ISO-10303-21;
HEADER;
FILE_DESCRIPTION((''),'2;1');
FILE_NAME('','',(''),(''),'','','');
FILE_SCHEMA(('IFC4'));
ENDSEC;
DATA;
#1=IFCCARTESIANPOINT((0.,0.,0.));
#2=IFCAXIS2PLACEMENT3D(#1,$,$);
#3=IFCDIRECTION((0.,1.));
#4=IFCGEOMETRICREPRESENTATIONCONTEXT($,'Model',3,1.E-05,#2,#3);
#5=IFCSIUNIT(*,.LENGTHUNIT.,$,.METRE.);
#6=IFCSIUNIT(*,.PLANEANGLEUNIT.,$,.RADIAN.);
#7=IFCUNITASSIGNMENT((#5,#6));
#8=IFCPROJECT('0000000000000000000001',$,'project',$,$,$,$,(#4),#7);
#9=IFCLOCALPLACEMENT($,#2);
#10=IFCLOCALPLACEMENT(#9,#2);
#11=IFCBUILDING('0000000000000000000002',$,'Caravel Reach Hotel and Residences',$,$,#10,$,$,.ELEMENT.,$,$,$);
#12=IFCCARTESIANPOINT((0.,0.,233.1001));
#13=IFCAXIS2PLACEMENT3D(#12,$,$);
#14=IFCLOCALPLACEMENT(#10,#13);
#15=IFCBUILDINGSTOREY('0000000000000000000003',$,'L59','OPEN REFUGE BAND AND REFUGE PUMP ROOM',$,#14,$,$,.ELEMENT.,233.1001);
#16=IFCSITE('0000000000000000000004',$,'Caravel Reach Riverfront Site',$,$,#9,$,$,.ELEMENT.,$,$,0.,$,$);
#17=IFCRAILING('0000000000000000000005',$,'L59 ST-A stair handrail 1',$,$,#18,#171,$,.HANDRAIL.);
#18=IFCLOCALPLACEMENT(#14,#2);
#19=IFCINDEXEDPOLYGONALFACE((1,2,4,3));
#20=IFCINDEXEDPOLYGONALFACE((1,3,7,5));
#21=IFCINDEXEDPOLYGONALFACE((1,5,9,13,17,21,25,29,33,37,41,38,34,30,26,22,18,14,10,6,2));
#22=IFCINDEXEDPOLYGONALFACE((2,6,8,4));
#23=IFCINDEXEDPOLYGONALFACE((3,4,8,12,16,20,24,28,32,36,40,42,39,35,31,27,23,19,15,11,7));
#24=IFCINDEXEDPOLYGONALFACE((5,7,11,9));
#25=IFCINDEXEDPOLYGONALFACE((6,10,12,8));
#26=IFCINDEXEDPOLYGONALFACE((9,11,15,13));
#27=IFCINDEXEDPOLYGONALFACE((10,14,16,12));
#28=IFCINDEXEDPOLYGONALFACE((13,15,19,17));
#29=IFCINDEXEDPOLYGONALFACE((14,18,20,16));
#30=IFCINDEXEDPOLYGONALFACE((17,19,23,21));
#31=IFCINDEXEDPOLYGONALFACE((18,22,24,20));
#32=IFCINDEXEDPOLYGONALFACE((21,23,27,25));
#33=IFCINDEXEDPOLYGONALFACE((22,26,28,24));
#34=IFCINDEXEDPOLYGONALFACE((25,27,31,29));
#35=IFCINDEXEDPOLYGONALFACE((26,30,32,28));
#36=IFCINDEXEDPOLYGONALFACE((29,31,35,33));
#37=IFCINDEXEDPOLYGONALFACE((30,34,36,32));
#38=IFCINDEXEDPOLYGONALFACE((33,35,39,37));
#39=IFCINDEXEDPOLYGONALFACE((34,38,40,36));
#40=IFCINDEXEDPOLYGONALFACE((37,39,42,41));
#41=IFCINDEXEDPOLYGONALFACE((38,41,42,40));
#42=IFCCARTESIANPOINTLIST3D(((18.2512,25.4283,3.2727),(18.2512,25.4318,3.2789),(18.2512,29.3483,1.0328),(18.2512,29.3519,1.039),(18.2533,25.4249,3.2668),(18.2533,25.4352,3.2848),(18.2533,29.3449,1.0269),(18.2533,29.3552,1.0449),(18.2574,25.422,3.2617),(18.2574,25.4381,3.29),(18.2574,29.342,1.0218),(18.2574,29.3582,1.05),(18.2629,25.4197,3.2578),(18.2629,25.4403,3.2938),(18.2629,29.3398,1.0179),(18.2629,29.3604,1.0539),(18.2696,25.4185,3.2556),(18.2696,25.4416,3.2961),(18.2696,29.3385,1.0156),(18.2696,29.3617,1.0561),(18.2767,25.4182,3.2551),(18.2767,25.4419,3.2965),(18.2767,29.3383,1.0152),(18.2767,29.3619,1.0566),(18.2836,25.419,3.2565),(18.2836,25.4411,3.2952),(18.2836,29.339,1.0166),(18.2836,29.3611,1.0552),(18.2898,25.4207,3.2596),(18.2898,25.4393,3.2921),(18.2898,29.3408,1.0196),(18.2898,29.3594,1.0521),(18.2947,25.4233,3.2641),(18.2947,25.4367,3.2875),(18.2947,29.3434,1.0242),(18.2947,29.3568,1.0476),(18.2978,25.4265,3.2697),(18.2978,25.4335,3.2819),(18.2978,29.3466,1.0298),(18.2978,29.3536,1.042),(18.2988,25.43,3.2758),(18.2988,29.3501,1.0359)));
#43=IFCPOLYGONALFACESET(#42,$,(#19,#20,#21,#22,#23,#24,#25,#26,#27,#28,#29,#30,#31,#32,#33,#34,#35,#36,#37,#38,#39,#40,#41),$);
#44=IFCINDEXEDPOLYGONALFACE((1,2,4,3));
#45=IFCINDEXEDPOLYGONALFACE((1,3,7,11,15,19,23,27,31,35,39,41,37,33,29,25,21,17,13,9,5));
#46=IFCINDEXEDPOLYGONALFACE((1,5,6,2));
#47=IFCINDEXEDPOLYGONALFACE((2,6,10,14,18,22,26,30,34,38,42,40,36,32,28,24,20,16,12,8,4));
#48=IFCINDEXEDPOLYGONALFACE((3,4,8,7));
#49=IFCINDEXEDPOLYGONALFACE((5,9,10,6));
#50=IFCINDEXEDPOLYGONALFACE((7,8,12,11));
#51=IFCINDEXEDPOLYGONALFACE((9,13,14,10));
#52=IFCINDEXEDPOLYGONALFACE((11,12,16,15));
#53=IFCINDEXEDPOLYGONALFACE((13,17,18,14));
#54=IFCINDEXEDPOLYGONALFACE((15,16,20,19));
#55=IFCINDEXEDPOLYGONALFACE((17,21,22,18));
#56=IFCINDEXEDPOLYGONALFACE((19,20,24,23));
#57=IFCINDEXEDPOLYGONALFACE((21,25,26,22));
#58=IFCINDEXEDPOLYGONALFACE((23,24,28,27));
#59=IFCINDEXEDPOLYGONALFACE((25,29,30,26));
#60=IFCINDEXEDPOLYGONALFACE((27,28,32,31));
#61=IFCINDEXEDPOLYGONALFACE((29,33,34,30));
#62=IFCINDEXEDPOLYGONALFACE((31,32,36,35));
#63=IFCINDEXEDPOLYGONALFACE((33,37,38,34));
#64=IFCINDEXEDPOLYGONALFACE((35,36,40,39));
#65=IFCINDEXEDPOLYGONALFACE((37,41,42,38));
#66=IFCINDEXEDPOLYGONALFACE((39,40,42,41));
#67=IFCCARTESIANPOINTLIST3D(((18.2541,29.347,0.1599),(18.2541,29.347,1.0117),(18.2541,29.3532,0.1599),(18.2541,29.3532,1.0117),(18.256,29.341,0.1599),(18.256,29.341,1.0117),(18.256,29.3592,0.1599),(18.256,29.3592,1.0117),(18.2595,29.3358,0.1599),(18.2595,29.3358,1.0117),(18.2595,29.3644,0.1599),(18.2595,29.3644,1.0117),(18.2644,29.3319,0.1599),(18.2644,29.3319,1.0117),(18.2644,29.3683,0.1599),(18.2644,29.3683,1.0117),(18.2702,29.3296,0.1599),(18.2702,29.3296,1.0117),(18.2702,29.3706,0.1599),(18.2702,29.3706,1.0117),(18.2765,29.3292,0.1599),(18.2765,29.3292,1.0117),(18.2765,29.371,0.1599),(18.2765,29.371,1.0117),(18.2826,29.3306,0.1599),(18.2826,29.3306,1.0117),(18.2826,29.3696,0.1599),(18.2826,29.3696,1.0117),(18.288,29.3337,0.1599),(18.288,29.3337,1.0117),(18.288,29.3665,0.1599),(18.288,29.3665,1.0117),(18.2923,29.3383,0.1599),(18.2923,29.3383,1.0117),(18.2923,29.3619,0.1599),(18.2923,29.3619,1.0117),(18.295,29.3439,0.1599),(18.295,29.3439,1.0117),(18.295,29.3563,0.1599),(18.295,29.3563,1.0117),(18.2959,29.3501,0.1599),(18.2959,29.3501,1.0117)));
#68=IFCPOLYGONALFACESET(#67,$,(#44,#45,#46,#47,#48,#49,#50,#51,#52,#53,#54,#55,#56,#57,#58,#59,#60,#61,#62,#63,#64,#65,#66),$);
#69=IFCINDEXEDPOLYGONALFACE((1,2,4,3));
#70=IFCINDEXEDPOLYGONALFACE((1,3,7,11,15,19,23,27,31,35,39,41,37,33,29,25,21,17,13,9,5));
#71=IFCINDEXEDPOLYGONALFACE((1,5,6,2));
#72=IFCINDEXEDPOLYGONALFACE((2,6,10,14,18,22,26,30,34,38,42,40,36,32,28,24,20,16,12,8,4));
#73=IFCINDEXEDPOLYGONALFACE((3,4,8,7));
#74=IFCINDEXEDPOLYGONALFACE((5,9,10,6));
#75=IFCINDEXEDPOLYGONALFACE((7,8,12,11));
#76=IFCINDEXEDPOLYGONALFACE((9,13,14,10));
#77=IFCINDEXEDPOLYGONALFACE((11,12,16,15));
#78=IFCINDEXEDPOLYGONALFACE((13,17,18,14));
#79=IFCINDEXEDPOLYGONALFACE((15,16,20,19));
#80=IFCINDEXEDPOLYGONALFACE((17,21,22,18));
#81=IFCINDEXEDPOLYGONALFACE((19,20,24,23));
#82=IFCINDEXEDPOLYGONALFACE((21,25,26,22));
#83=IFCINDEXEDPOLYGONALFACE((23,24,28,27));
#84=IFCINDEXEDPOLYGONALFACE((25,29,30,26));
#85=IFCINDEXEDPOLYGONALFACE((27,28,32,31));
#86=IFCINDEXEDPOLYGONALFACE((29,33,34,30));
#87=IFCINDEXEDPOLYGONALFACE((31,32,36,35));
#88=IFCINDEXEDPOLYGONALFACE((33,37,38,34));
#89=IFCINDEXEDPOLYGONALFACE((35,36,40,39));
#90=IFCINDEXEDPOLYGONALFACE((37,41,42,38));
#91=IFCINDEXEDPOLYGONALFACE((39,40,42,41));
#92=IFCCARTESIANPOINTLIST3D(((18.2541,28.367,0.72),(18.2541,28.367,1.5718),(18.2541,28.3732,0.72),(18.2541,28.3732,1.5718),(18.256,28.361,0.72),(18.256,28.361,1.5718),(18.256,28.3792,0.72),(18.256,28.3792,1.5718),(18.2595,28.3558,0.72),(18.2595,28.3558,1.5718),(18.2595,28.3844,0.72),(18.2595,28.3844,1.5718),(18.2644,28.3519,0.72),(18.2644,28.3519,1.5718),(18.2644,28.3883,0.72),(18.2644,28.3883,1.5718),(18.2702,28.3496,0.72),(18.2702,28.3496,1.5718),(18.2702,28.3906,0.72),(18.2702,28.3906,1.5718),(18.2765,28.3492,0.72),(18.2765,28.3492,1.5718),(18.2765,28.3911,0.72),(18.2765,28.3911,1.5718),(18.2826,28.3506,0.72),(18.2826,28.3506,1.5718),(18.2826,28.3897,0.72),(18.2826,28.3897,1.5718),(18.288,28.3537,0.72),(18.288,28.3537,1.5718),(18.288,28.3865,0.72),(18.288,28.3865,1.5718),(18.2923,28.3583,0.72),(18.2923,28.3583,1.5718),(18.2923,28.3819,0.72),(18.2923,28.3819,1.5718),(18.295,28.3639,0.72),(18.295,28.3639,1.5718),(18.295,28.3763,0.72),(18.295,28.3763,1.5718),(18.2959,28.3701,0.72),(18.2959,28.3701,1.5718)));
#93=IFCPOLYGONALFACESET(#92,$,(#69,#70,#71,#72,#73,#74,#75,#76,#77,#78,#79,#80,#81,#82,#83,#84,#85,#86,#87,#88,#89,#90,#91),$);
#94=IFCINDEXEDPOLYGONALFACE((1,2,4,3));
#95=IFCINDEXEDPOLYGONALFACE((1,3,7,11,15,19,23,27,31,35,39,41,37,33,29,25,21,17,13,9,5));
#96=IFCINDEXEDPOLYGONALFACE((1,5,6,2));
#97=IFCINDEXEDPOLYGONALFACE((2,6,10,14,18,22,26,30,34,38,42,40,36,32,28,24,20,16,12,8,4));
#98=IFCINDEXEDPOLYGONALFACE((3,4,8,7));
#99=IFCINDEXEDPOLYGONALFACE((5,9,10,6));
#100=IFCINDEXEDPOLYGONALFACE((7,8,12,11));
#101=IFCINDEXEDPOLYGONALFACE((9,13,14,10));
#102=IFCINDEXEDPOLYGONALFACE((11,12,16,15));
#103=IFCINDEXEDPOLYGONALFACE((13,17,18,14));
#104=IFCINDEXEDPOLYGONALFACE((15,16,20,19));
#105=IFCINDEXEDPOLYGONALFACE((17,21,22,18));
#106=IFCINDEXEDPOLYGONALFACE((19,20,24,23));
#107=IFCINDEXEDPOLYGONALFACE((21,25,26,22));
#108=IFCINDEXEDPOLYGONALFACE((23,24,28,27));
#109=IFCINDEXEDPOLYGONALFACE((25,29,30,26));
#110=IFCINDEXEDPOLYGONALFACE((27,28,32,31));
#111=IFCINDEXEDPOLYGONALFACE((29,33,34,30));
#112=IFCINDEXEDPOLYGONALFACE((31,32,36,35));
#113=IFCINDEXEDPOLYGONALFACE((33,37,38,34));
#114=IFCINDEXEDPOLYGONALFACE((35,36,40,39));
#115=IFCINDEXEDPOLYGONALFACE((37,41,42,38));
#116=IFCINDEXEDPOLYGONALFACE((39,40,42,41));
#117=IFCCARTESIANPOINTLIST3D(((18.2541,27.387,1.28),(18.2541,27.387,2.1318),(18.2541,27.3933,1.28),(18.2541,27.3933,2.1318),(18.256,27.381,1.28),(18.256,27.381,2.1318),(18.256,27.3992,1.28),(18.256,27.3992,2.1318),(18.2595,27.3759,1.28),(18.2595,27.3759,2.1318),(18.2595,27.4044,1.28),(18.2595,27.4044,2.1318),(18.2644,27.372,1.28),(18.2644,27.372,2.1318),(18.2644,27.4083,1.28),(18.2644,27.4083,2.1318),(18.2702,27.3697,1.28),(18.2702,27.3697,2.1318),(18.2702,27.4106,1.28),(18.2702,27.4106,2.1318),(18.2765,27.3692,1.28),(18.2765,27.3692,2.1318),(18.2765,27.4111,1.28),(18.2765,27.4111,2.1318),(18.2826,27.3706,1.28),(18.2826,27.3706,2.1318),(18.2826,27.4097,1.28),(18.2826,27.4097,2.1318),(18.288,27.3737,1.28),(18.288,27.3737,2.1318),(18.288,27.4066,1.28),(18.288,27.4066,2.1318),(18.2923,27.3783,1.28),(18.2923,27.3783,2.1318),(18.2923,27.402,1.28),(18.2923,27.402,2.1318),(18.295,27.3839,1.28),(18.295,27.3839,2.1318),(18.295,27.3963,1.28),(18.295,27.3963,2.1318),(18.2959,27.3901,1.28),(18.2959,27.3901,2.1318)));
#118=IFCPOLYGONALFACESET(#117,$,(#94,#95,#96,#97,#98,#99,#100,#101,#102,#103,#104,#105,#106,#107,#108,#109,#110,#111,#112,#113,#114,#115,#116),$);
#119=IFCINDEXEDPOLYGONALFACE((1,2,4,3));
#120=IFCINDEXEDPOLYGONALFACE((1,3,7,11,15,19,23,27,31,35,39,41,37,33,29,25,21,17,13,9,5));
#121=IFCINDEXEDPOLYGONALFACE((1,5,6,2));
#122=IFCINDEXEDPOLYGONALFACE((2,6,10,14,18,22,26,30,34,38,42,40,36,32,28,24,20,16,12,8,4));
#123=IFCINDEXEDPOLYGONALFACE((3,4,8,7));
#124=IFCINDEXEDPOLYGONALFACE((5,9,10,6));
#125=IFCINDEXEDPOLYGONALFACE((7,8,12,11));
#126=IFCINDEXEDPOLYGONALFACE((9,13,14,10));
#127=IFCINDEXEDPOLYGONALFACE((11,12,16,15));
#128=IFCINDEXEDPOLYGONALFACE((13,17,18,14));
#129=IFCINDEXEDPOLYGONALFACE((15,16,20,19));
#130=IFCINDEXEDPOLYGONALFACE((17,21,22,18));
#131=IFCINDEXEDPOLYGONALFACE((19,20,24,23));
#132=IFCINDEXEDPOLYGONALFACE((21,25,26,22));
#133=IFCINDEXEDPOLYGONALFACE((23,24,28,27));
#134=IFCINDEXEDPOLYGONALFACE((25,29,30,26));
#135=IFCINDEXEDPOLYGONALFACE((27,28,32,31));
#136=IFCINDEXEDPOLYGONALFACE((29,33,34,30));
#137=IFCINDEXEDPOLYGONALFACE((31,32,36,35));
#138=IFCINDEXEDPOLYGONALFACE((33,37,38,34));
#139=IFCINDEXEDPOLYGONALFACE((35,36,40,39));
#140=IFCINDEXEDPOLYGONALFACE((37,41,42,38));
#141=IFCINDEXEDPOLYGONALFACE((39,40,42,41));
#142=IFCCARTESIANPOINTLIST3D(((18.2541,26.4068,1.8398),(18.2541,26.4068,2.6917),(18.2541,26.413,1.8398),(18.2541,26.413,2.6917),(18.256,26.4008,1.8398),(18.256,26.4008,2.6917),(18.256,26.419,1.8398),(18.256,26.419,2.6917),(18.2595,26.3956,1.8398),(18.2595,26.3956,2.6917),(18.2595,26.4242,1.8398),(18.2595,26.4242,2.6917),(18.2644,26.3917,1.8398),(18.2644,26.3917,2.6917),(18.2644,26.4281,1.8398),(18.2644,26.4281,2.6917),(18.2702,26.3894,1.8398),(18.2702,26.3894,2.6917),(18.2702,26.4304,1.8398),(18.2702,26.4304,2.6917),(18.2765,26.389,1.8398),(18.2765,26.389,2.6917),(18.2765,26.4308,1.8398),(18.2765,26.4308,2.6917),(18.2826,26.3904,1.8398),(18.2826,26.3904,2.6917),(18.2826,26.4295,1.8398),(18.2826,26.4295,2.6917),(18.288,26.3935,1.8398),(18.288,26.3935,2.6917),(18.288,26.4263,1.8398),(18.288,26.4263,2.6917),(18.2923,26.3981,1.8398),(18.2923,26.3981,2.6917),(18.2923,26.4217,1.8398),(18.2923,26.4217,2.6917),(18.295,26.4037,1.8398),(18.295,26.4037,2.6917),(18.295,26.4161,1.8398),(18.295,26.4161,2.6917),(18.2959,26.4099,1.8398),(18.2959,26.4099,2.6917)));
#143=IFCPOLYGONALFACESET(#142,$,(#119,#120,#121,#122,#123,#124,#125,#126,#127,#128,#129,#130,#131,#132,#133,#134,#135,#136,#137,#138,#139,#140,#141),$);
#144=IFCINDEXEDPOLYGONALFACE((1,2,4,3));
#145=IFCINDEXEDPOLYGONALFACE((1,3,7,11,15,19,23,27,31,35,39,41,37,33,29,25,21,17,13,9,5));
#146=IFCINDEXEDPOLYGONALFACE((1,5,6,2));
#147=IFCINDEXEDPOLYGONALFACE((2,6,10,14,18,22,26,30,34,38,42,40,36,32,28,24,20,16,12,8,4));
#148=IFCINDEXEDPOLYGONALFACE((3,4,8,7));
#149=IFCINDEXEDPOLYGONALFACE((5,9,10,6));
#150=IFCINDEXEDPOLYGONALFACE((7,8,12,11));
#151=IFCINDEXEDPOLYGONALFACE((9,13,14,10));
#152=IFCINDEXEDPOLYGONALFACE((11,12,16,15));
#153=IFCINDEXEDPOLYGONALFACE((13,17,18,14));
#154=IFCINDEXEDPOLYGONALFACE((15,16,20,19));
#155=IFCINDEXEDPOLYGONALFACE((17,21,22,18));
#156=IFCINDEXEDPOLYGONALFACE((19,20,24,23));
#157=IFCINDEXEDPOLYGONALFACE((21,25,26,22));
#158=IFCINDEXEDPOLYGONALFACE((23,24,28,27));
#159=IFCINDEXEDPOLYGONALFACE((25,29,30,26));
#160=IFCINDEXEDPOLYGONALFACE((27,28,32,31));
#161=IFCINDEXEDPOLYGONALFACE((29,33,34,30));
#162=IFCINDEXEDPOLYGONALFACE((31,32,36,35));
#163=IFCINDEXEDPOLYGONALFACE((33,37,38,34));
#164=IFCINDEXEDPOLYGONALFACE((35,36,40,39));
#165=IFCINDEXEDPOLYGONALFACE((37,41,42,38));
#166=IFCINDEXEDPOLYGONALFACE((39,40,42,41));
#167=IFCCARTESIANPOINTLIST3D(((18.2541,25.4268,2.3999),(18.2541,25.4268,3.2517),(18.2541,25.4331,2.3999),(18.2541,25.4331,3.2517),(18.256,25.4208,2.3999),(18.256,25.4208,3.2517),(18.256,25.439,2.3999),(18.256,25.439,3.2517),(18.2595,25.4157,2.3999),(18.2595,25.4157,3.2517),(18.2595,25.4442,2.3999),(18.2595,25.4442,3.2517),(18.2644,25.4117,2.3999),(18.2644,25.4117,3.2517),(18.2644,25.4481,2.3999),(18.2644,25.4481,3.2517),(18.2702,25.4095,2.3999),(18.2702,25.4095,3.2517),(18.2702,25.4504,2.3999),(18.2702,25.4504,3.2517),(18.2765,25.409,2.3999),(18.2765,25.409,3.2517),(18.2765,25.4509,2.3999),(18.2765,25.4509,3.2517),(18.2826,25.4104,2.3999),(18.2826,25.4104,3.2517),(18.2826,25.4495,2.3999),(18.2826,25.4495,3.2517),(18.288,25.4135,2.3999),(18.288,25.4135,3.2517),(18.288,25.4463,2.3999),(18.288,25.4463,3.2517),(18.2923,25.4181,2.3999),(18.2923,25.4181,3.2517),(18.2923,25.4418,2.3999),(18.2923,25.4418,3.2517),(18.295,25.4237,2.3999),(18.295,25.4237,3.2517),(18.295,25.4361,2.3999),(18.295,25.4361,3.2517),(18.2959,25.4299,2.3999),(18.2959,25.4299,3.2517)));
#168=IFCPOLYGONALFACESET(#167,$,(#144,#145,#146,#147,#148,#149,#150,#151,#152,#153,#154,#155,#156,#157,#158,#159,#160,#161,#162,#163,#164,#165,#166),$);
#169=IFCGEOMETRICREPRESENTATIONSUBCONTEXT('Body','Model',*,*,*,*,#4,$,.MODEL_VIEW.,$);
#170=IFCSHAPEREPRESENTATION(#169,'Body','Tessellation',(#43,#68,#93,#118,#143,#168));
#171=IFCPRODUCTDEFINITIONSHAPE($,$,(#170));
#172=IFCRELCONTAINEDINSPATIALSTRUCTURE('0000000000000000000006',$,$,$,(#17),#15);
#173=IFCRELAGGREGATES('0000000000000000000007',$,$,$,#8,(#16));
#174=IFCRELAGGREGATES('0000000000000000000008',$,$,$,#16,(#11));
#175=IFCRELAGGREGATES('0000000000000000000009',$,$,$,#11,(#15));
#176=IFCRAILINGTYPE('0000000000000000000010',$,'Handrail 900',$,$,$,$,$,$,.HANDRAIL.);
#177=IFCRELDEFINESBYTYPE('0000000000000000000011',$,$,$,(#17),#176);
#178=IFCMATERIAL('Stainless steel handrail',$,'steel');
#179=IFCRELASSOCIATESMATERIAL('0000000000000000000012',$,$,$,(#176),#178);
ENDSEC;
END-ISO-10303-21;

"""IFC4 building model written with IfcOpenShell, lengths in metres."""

from ifc_helpers import new_model, si_unit, direction, frame, origin, origin_2d, place, context, subcontext, project, spatial, circle, extrude, material, type_object, element, save


model = new_model("IFC4")

# Units and contexts
model_context = context("Model", 3, precision=1e-05, world=origin(), true_north=direction((0.0, 1.0)))
body_context = subcontext(model_context, "Body", "Model", "MODEL_VIEW")
ifc_project = project(units=[si_unit("LENGTHUNIT", "METRE"), si_unit("PLANEANGLEUNIT", "RADIAN")], contexts=[model_context])

# Site, building, storey
site_placement = place(None, origin())
site = spatial("IfcSite", under=ifc_project, at=site_placement, Name="Caravel Reach Riverfront Site", CompositionType="ELEMENT", RefElevation=0.0)
building_placement = place(site_placement, origin())
building = spatial("IfcBuilding", under=site, at=building_placement, Name="Caravel Reach Hotel and Residences", CompositionType="ELEMENT")
storey_placement = place(building_placement, frame((0.0, 0.0, 233.1001)))
storey = spatial("IfcBuildingStorey", under=building, at=storey_placement, Name="L59", Description="OPEN REFUGE BAND AND REFUGE PUMP ROOM", CompositionType="ELEMENT", Elevation=233.1001)

# Railing
ifc_material_1 = material(Name="Stainless steel handrail", Category="steel")
railing_type_1 = type_object("IfcRailingType", Name="Handrail 900", PredefinedType="HANDRAIL", material=ifc_material_1)
railing_1_placement = place(storey_placement, frame((18.2749, 29.3501, 0.1599)))
element("IfcRailing", 1, at=railing_1_placement, inside=storey, type_object=railing_type_1, Name="L59 ST-A stair handrail 1", PredefinedType="HANDRAIL", context=body_context, shape_type="SweptSolid", body=[
    extrude(circle(Radius=0.0239, at=origin_2d()), frame((0.0, 0.0, 0.876), z_axis=(0.0, -0.868253, 0.496121), x_axis=(1.0, 0.0, 0.0)), (0.0, 0.0, 1.0), 4.5149),
    extrude(circle(Radius=0.021, at=origin_2d()), origin(), (0.0, 0.0, 1.0), 0.8518),
    extrude(circle(Radius=0.021, at=origin_2d()), frame((0.0, -0.98, 0.5601)), (0.0, 0.0, 1.0), 0.8518),
    extrude(circle(Radius=0.021, at=origin_2d()), frame((0.0, -1.96, 1.1201)), (0.0, 0.0, 1.0), 0.8518),
    extrude(circle(Radius=0.021, at=origin_2d()), frame((0.0, -2.9402, 1.6799)), (0.0, 0.0, 1.0), 0.8518),
    extrude(circle(Radius=0.021, at=origin_2d()), frame((0.0, -3.9202, 2.24)), (0.0, 0.0, 1.0), 0.8518),
])

save(model, "model.ifc")
